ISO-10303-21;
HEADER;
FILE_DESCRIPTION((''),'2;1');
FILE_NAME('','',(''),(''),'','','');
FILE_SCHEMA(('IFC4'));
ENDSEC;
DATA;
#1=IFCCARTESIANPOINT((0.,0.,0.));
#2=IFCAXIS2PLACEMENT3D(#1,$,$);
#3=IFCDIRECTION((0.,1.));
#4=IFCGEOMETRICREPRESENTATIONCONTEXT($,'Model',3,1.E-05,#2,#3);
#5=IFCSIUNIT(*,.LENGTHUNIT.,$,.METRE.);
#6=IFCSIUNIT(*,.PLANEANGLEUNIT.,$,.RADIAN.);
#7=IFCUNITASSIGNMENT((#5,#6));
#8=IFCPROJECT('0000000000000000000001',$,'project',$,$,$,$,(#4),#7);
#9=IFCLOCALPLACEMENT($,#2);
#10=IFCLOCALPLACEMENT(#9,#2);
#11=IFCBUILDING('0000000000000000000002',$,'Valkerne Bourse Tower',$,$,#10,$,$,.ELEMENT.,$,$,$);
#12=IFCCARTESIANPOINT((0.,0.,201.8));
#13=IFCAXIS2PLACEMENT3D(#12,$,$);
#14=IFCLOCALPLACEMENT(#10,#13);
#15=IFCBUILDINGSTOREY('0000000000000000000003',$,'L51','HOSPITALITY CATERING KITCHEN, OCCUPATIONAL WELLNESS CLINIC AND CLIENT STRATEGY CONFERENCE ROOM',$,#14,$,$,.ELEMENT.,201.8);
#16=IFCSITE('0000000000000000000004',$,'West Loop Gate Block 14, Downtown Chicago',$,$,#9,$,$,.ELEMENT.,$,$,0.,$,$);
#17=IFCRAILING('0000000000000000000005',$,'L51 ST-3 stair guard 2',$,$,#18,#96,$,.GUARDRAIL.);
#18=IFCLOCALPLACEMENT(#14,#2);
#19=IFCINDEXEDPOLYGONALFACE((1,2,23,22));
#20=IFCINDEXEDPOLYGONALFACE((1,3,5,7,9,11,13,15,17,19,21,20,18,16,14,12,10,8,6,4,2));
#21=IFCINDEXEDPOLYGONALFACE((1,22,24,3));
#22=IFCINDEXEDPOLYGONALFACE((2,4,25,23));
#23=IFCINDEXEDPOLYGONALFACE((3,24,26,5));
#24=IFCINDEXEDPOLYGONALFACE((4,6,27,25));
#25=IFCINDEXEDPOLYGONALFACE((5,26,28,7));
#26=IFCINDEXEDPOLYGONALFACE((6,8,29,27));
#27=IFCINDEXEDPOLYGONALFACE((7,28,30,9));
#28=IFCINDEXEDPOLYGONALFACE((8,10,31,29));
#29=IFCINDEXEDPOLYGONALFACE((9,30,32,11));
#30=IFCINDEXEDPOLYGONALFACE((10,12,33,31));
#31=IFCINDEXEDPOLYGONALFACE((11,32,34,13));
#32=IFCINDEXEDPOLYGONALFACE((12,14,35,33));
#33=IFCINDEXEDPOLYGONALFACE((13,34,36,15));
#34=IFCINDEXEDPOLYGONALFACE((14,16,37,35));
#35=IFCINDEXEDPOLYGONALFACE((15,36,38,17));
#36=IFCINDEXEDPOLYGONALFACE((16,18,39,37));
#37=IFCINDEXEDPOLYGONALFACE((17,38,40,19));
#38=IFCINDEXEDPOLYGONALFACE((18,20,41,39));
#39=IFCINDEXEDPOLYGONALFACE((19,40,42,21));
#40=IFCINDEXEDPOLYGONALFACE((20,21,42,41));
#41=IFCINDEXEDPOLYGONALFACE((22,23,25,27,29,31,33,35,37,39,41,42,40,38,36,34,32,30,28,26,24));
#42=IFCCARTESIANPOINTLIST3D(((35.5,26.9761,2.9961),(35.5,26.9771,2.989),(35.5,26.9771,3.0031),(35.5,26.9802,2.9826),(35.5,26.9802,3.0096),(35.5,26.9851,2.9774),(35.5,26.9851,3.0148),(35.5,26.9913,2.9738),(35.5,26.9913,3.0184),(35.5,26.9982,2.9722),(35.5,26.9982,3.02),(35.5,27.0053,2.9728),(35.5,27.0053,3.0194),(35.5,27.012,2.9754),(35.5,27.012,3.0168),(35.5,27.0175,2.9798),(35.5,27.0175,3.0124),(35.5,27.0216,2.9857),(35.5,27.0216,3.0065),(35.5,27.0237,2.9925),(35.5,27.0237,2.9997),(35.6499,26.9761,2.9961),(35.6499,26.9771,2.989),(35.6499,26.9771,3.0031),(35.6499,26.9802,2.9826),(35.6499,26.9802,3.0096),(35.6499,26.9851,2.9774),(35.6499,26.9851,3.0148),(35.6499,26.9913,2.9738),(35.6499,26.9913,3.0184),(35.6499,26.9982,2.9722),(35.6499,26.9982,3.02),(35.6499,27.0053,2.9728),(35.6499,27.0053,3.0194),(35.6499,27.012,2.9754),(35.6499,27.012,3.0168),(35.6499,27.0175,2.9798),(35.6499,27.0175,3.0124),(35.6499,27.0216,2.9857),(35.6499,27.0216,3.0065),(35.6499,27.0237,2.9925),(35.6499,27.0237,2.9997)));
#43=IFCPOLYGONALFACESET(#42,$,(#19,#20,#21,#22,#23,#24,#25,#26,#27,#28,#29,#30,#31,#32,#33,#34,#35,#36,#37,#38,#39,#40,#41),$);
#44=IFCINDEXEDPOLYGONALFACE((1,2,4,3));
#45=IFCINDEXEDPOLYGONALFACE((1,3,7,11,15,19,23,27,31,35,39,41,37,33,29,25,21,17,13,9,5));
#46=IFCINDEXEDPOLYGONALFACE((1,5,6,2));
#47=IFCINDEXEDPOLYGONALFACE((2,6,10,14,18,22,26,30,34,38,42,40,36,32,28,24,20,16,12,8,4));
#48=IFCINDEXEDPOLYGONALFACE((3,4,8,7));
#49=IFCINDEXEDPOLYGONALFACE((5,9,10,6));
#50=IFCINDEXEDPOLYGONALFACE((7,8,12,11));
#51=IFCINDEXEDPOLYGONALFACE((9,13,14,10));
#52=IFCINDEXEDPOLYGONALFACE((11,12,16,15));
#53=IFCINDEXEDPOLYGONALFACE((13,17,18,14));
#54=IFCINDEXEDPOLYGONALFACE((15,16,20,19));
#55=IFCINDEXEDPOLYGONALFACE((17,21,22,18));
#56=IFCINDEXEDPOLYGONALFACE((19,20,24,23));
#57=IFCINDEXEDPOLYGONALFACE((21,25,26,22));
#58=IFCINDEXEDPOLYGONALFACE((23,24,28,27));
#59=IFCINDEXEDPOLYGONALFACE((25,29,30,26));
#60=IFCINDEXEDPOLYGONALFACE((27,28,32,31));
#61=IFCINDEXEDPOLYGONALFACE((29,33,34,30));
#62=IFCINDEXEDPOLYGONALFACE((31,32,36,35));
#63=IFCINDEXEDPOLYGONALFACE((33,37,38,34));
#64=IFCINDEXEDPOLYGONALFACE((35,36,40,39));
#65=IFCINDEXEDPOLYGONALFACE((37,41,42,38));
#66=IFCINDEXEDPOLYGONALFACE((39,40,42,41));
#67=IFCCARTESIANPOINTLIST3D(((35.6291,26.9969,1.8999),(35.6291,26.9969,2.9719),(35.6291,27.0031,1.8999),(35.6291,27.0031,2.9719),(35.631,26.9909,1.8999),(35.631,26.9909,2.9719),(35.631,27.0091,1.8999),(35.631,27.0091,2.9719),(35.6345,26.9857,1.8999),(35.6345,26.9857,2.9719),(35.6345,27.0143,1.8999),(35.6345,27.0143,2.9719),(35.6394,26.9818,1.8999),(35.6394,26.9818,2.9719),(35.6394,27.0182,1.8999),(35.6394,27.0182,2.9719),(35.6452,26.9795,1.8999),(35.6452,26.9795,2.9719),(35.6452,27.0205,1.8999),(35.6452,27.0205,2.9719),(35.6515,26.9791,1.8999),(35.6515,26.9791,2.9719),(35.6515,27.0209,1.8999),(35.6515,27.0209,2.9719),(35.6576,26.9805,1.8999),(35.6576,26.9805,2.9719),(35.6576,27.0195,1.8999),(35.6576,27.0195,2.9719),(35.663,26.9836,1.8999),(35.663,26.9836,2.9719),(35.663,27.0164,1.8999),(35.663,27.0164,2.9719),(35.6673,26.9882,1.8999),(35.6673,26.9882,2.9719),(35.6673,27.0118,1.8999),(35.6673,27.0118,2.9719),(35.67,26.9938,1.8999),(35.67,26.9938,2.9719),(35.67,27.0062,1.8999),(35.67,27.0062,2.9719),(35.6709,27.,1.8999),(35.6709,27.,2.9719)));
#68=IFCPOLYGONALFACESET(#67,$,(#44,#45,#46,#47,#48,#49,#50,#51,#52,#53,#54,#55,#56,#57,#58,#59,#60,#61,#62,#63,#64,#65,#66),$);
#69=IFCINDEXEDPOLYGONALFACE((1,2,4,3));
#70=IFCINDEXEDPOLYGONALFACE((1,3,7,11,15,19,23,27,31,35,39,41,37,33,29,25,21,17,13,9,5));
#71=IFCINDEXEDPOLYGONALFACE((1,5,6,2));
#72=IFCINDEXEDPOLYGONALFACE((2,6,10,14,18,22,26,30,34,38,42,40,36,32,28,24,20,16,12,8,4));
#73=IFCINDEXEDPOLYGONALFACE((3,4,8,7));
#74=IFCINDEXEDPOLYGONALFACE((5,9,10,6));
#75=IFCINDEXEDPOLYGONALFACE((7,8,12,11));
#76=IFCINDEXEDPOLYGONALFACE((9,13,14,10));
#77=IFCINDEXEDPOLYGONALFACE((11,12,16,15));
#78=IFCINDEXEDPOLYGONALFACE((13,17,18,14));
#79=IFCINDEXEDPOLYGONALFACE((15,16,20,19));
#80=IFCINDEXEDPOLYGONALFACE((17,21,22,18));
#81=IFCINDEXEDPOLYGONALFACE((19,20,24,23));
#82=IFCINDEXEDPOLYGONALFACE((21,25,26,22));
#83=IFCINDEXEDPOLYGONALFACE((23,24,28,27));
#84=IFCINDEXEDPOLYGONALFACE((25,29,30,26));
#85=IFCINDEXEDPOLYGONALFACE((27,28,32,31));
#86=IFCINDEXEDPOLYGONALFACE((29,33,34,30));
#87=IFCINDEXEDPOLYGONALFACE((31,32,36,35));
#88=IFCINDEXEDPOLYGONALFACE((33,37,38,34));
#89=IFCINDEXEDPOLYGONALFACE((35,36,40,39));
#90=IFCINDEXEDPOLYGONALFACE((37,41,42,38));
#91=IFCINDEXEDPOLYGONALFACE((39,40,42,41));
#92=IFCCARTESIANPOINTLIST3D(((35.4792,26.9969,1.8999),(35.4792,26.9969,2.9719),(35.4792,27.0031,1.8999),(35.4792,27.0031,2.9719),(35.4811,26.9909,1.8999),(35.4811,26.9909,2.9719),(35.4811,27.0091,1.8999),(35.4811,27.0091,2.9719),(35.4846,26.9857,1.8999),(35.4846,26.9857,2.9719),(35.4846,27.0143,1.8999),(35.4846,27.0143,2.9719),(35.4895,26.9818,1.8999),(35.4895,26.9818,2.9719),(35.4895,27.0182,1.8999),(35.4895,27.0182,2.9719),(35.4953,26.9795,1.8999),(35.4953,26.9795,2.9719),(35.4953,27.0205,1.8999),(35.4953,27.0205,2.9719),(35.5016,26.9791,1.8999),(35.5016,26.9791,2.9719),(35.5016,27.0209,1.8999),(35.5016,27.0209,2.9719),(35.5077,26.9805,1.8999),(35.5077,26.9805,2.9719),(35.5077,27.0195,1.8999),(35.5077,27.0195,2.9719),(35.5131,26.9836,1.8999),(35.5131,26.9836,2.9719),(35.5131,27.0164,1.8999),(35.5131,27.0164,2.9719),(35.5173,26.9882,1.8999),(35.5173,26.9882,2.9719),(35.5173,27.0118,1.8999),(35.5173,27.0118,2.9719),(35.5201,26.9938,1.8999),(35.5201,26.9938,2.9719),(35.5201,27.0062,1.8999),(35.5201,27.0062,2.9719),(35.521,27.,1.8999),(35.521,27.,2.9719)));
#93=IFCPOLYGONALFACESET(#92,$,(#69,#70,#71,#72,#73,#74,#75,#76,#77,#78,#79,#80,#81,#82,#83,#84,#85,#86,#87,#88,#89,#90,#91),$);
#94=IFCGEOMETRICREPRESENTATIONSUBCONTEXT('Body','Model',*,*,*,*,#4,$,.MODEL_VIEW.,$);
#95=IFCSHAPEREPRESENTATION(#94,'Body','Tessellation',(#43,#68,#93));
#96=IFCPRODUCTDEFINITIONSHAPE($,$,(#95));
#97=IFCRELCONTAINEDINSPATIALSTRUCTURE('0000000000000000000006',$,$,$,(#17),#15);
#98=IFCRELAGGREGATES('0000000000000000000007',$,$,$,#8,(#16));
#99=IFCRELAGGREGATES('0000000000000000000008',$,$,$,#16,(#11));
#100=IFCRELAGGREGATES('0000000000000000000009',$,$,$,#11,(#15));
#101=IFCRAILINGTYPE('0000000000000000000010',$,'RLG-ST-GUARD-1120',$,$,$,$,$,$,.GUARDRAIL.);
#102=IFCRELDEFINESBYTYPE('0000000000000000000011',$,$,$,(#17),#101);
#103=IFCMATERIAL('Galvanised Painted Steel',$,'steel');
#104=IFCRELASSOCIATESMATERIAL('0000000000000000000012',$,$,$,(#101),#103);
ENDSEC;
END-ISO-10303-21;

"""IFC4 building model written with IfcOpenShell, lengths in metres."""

from ifc_helpers import new_model, si_unit, direction, frame, origin, origin_2d, place, context, subcontext, project, spatial, circle, extrude, material, type_object, element, save


model = new_model("IFC4")

# Units and contexts
model_context = context("Model", 3, precision=1e-05, world=origin(), true_north=direction((0.0, 1.0)))
body_context = subcontext(model_context, "Body", "Model", "MODEL_VIEW")
ifc_project = project(units=[si_unit("LENGTHUNIT", "METRE"), si_unit("PLANEANGLEUNIT", "RADIAN")], contexts=[model_context])

# Site, building, storey
site_placement = place(None, origin())
site = spatial("IfcSite", under=ifc_project, at=site_placement, Name="West Loop Gate Block 14, Downtown Chicago", CompositionType="ELEMENT", RefElevation=0.0)
building_placement = place(site_placement, origin())
building = spatial("IfcBuilding", under=site, at=building_placement, Name="Valkerne Bourse Tower", CompositionType="ELEMENT")
storey_placement = place(building_placement, frame((0.0, 0.0, 201.8)))
storey = spatial("IfcBuildingStorey", under=building, at=storey_placement, Name="L51", Description="HOSPITALITY CATERING KITCHEN, OCCUPATIONAL WELLNESS CLINIC AND CLIENT STRATEGY CONFERENCE ROOM", CompositionType="ELEMENT", Elevation=201.8)

# Railing
ifc_material_1 = material(Name="Galvanised Painted Steel", Category="steel")
railing_type_1 = type_object("IfcRailingType", Name="RLG-ST-GUARD-1120", PredefinedType="GUARDRAIL", material=ifc_material_1)
railing_1_placement = place(storey_placement, frame((35.6499, 27.0, 1.8999)))
element("IfcRailing", 1, at=railing_1_placement, inside=storey, type_object=railing_type_1, Name="L51 ST-3 stair guard 2", PredefinedType="GUARDRAIL", context=body_context, shape_type="SweptSolid", body=[
    extrude(circle(Radius=0.0239, at=origin_2d()), frame((0.0, 0.0, 1.0962), z_axis=(-1.0, 0.0, 0.0), x_axis=(0.0, -1.0, 0.0)), (0.0, 0.0, 1.0), 0.1499),
    extrude(circle(Radius=0.021, at=origin_2d()), origin(), (0.0, 0.0, 1.0), 1.072),
    extrude(circle(Radius=0.021, at=origin_2d()), frame((-0.1499, 0.0, 0.0)), (0.0, 0.0, 1.0), 1.072),
])

save(model, "model.ifc")
